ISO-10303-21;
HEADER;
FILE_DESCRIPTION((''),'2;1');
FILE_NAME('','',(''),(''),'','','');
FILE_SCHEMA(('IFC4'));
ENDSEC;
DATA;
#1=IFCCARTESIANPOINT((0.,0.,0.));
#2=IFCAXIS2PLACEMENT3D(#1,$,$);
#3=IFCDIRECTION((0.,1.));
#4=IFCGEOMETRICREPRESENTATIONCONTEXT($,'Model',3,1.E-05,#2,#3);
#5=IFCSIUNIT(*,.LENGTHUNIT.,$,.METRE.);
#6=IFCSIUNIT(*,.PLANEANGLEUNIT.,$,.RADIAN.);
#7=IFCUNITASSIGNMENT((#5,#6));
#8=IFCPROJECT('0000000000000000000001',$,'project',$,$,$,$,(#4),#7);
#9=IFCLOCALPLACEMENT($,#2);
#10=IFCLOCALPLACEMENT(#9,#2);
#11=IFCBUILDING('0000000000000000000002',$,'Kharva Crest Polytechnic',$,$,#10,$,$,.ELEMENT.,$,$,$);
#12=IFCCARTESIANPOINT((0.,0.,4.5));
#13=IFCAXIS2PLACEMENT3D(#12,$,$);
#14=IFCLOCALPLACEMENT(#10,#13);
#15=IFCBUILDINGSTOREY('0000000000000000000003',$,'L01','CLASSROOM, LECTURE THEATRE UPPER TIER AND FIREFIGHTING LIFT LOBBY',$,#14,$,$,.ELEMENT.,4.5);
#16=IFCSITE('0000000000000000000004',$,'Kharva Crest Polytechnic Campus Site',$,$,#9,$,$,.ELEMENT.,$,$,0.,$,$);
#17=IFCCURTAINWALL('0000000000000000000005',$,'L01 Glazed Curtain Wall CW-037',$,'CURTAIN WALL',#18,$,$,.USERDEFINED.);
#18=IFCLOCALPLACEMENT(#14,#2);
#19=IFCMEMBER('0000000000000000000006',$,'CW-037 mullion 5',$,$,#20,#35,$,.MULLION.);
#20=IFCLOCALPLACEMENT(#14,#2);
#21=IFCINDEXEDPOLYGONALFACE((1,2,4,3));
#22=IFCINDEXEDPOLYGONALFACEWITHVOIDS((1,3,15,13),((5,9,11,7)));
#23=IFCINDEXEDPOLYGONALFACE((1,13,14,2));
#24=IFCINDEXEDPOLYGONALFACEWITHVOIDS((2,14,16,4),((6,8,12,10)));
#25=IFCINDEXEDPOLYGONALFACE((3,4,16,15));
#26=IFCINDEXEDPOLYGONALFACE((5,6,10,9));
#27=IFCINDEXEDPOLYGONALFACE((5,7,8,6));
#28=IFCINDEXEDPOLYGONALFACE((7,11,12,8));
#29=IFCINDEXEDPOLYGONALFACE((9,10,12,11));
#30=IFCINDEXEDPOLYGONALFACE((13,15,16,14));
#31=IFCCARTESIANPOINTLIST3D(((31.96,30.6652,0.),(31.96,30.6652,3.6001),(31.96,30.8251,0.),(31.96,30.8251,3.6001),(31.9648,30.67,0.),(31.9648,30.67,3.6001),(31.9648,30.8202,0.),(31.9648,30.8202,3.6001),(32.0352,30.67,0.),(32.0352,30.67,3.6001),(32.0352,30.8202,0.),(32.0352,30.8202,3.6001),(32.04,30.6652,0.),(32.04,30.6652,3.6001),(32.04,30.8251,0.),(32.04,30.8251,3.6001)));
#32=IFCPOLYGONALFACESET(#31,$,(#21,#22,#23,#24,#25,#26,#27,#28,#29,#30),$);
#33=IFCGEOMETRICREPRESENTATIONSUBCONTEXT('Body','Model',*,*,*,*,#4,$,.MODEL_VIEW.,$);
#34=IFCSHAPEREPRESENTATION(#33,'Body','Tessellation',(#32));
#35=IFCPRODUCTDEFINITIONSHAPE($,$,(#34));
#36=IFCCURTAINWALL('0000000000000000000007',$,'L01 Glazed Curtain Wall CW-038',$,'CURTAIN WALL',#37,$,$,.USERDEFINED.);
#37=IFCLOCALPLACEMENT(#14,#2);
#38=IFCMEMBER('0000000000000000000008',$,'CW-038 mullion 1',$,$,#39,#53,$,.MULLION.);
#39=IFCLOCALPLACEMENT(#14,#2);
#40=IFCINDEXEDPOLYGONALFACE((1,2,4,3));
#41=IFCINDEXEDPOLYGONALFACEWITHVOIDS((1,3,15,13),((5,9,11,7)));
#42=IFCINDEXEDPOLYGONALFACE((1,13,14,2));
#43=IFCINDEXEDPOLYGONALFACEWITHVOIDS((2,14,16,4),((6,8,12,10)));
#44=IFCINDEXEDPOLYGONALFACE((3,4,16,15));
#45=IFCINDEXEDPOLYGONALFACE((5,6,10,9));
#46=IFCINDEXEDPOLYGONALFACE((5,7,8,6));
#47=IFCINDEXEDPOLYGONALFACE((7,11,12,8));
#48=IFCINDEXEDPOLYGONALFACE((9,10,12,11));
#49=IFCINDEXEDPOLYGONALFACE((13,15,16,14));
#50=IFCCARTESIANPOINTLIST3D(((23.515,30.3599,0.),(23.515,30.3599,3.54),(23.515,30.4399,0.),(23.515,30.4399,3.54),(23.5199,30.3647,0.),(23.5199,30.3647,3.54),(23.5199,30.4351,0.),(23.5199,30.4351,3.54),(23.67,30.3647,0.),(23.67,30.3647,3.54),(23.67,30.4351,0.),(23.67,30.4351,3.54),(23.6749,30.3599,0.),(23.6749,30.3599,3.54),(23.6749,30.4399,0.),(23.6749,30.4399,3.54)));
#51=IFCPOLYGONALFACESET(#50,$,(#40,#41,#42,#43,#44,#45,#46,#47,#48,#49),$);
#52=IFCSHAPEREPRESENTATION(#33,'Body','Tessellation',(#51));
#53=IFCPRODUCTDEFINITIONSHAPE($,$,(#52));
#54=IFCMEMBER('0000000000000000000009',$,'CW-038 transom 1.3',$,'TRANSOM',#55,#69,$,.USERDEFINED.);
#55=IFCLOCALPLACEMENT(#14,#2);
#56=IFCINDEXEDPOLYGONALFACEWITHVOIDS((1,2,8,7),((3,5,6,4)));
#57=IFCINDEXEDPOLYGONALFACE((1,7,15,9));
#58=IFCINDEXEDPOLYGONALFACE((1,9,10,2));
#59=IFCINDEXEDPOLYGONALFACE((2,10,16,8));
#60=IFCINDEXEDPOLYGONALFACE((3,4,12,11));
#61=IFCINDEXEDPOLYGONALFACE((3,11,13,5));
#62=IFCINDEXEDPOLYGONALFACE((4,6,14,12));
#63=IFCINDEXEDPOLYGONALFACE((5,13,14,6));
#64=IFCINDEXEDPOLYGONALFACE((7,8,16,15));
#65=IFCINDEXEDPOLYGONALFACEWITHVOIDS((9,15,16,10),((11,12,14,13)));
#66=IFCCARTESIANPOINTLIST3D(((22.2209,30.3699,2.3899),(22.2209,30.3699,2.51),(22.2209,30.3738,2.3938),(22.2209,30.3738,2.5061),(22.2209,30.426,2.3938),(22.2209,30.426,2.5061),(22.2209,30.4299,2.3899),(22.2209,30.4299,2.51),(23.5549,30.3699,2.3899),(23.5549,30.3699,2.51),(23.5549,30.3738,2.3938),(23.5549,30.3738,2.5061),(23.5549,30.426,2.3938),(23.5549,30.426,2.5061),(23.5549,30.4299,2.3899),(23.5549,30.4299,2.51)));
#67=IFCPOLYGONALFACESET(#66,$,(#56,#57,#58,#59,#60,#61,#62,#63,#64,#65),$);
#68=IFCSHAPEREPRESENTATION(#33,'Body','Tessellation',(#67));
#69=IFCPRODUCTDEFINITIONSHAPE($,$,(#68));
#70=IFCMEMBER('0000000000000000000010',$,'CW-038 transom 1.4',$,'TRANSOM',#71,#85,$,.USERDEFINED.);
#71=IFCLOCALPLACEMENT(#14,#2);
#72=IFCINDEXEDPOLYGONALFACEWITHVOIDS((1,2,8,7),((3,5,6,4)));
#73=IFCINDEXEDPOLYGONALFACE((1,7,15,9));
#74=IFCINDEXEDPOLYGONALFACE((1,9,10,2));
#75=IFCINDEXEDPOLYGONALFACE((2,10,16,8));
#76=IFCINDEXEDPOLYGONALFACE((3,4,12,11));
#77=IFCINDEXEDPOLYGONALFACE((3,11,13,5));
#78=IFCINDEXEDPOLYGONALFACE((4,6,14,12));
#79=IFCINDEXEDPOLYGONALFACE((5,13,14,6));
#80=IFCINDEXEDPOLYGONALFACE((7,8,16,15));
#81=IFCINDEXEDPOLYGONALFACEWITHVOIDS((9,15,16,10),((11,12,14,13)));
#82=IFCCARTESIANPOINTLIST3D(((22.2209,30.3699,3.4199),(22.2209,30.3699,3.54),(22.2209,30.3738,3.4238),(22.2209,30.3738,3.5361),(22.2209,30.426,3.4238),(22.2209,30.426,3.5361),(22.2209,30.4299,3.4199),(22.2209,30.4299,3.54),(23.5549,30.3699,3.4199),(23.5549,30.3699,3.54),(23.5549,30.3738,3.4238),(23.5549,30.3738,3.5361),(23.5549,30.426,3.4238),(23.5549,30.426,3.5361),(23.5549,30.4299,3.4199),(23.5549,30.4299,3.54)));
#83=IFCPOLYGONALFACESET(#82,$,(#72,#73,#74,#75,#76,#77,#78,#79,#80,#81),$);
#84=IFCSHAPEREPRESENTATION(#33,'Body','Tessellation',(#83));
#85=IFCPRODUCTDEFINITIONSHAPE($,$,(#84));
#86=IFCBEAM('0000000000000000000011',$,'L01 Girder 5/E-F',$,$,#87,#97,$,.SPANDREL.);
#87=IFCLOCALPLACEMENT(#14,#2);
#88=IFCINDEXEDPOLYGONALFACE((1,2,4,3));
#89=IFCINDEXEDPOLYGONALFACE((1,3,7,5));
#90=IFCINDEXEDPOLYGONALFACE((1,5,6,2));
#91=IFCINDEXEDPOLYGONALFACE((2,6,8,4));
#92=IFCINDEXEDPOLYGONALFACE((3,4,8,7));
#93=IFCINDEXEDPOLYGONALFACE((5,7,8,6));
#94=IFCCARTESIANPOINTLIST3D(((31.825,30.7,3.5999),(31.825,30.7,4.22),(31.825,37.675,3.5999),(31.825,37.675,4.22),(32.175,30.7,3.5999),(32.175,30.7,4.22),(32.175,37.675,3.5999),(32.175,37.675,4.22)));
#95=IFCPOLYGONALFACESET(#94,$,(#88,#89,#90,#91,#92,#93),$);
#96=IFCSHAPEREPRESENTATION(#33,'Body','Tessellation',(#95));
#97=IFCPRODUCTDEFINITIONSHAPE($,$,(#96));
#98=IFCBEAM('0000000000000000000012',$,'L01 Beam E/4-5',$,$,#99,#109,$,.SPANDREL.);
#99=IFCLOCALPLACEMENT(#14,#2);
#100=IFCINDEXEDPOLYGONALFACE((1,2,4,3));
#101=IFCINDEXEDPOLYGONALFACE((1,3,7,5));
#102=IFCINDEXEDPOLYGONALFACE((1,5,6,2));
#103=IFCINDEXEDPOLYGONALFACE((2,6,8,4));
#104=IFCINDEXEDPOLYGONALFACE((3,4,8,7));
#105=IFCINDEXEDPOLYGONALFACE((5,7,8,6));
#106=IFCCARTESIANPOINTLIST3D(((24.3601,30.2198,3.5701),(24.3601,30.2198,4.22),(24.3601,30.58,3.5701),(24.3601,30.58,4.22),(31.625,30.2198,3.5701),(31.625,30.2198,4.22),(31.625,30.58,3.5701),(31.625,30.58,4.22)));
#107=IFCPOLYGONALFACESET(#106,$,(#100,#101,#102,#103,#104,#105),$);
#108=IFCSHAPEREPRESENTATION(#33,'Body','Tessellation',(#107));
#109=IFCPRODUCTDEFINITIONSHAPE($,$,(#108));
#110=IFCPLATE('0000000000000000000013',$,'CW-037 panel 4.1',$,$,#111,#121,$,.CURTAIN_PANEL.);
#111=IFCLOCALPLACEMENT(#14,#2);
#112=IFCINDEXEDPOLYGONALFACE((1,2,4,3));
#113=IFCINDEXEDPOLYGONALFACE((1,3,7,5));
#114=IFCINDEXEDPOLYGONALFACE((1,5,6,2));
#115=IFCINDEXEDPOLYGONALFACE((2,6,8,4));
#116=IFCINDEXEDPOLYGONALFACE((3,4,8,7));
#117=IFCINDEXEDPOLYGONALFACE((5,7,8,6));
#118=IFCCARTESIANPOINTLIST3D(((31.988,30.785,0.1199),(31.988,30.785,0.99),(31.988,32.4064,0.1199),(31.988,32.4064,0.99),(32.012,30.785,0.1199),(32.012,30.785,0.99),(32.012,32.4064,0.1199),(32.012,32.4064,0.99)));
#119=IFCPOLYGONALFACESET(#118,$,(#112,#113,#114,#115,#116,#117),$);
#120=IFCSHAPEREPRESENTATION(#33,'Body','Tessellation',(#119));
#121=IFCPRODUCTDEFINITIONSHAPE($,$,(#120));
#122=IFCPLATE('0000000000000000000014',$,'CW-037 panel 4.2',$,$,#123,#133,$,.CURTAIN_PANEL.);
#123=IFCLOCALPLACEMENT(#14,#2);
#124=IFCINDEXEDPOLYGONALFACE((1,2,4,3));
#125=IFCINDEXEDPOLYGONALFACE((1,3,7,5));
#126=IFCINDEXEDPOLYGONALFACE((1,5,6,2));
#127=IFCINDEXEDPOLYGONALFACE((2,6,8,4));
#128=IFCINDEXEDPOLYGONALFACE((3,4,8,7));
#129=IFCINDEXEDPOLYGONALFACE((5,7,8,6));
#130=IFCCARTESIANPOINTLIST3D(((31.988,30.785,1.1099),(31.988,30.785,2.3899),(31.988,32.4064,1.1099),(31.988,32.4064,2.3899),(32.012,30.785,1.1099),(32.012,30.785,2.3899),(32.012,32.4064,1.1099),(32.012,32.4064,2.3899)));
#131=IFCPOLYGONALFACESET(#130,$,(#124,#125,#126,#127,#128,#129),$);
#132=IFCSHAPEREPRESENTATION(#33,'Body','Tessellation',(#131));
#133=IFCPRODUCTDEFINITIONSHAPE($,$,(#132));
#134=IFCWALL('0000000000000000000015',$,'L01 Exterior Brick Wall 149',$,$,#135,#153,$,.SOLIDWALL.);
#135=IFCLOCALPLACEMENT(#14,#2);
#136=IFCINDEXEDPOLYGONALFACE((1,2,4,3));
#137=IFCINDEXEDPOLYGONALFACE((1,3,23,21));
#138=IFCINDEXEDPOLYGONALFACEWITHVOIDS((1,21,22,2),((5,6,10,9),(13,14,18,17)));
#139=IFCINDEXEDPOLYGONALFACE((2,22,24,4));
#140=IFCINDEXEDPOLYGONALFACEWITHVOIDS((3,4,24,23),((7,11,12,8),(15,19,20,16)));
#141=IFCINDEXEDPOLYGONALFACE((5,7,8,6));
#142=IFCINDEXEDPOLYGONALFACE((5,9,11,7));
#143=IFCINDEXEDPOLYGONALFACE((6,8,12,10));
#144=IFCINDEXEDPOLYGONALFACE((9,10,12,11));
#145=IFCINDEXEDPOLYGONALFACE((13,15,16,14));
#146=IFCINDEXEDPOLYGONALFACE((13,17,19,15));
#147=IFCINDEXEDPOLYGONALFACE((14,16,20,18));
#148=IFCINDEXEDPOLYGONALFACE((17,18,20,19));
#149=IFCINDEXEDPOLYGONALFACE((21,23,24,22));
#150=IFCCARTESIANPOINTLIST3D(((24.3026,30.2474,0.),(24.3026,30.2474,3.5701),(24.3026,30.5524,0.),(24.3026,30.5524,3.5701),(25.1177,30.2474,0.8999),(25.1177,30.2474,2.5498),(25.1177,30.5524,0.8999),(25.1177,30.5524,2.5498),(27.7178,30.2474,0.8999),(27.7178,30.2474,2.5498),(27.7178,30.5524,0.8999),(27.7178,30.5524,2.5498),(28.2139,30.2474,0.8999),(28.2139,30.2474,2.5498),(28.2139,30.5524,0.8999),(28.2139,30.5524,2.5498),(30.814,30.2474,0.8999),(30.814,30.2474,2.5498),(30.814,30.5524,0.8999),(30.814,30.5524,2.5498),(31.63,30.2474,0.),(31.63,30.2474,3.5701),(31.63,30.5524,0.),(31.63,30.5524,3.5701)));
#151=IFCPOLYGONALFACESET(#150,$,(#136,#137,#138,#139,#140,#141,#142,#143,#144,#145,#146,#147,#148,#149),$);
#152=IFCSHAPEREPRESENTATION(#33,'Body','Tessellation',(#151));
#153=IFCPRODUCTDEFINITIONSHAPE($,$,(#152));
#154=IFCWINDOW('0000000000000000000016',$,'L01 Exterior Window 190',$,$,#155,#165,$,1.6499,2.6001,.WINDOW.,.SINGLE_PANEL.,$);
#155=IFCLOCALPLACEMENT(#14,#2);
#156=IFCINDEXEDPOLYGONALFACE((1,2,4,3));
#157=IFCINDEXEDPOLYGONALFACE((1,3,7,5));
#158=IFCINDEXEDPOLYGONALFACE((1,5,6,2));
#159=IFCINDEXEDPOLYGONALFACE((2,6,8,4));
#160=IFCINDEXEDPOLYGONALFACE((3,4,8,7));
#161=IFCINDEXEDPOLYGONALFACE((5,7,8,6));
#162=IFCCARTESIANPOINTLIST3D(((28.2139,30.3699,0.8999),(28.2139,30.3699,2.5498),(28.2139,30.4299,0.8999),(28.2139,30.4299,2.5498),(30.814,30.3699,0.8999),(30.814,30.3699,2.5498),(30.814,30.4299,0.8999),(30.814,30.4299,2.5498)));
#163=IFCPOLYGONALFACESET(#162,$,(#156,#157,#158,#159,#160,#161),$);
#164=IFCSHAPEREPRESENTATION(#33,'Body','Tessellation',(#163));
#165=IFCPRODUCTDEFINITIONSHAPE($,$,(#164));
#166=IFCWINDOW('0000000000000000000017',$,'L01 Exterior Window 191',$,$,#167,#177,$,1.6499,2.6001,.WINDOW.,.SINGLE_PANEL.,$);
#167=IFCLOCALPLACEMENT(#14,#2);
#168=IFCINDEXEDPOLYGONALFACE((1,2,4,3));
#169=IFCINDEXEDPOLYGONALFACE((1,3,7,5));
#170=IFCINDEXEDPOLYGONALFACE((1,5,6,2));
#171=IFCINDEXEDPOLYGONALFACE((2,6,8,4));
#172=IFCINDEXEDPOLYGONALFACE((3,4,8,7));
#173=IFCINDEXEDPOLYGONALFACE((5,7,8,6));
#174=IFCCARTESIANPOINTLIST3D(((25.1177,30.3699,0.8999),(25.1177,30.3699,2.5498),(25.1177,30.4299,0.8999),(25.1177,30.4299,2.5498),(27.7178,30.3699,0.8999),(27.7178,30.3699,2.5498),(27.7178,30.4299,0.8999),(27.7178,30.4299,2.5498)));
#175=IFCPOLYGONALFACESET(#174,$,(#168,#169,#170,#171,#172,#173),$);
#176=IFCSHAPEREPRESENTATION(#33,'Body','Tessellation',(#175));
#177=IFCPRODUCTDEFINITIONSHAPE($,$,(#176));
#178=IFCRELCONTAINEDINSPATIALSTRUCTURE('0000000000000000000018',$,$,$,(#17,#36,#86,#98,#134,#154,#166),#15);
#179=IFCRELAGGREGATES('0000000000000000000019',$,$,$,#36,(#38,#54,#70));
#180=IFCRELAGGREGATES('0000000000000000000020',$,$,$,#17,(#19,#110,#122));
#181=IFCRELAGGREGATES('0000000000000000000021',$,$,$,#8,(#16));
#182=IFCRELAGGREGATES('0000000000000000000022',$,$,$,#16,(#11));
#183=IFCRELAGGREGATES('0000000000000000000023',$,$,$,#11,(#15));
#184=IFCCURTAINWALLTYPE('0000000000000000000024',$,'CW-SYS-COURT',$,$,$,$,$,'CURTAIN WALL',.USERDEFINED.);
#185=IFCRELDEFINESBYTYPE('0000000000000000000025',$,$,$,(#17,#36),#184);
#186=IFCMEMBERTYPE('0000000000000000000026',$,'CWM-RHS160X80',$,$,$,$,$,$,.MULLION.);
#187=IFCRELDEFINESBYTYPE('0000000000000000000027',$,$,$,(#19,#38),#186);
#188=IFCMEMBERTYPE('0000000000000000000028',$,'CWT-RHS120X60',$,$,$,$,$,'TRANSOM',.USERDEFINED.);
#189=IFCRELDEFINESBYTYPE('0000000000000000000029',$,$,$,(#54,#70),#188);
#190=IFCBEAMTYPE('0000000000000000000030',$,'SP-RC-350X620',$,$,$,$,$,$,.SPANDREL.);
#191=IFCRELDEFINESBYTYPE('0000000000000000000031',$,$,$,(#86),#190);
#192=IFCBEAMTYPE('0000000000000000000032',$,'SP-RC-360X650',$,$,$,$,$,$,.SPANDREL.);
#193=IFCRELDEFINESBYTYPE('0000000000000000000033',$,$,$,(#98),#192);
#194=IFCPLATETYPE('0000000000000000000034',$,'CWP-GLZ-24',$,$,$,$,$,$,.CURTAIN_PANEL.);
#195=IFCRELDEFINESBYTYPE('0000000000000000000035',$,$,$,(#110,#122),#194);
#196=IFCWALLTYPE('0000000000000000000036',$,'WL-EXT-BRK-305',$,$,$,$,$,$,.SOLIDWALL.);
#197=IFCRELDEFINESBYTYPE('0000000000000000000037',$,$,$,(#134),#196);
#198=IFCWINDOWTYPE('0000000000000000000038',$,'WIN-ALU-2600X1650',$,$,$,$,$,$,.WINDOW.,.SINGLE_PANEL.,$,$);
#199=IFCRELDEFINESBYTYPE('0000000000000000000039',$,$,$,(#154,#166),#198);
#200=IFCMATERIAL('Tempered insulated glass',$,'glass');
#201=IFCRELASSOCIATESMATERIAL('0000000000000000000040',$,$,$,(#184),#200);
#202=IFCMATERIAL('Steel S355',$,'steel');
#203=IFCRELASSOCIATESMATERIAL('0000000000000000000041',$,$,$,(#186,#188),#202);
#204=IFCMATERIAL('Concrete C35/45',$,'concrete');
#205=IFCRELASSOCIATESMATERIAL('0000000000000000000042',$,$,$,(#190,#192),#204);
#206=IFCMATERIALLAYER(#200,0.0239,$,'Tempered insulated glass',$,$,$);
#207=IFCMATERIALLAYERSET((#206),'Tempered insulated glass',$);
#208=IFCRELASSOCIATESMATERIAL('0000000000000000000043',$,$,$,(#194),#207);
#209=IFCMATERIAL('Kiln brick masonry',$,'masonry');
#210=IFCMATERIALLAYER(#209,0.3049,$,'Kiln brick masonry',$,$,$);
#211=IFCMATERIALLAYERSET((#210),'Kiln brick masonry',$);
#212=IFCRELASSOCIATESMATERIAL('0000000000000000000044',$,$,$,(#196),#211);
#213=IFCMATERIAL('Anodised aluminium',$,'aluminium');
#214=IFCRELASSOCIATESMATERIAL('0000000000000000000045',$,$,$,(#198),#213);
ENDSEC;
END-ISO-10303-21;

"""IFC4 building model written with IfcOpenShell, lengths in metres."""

from ifc_helpers import new_model, si_unit, direction, frame, frame_2d, origin, origin_2d, place, context, subcontext, project, spatial, rectangle, hollow_rectangle, extrude, material, layer, layer_set, material_profile, profile_set, type_object, element, fill, aggregate, save


model = new_model("IFC4")

# Units and contexts
model_context = context("Model", 3, precision=1e-05, world=origin(), true_north=direction((0.0, 1.0)))
body_context = subcontext(model_context, "Body", "Model", "MODEL_VIEW")
ifc_project = project(units=[si_unit("LENGTHUNIT", "METRE"), si_unit("PLANEANGLEUNIT", "RADIAN")], contexts=[model_context])

# Site, building, storey
site_placement = place(None, origin())
site = spatial("IfcSite", under=ifc_project, at=site_placement, Name="Kharva Crest Polytechnic Campus Site", CompositionType="ELEMENT", RefElevation=0.0)
building_placement = place(site_placement, origin())
building = spatial("IfcBuilding", under=site, at=building_placement, Name="Kharva Crest Polytechnic", CompositionType="ELEMENT")
storey_placement = place(building_placement, frame((0.0, 0.0, 4.5)))
storey = spatial("IfcBuildingStorey", under=building, at=storey_placement, Name="L01", Description="CLASSROOM, LECTURE THEATRE UPPER TIER AND FIREFIGHTING LIFT LOBBY", CompositionType="ELEMENT", Elevation=4.5)

# Shared definitions
ifc_material_1 = material(Name="Concrete C35/45", Category="concrete")

# Curtain wall, member
ifc_material_2 = material(Name="Tempered insulated glass", Category="glass")
curtain_wall_type = type_object("IfcCurtainWallType", Name="CW-SYS-COURT", ElementType="CURTAIN WALL", PredefinedType="USERDEFINED", material=ifc_material_2)
curtain_wall_1_placement = place(storey_placement, origin())
curtain_wall_1 = element("IfcCurtainWall", 1, at=curtain_wall_1_placement, inside=storey, type_object=curtain_wall_type, Name="L01 Glazed Curtain Wall CW-037", ObjectType="CURTAIN WALL", PredefinedType="USERDEFINED")
ifc_material_3 = material(Name="Steel S355", Category="steel")
ifc_material_profile_1 = material_profile(ifc_material_3, hollow_rectangle(XDim=0.0801, YDim=0.1599, WallThickness=0.0049, at=origin_2d()), Name="RHS 160X80X5.0")
ifc_profile_set_1 = profile_set([ifc_material_profile_1], Name="Steel S355")
member_type_1 = type_object("IfcMemberType", Name="CWM-RHS160X80", PredefinedType="MULLION", material=ifc_profile_set_1)
member_1_placement = place(storey_placement, frame((32.0, 30.7451, 0.0), z_axis=(0.0, 0.0, 1.0), x_axis=(1.0, 0.0, 0.0)))
member_1 = element("IfcMember", 2, at=member_1_placement, type_object=member_type_1, Name="CW-037 mullion 5", PredefinedType="MULLION", context=body_context, shape_type="SweptSolid", body=[
    extrude(hollow_rectangle(XDim=0.0801, YDim=0.1599, WallThickness=0.0049, at=origin_2d()), origin(), (0.0, 0.0, 1.0), 3.6001),
])

# Curtain wall, members
curtain_wall_2_placement = place(storey_placement, origin())
curtain_wall_2 = element("IfcCurtainWall", 3, at=curtain_wall_2_placement, inside=storey, type_object=curtain_wall_type, Name="L01 Glazed Curtain Wall CW-038", ObjectType="CURTAIN WALL", PredefinedType="USERDEFINED")
member_2_placement = place(storey_placement, frame((23.595, 30.3999, 0.0), z_axis=(0.0, 0.0, 1.0), x_axis=(0.0, -1.0, 0.0)))
member_2 = element("IfcMember", 4, at=member_2_placement, type_object=member_type_1, Name="CW-038 mullion 1", PredefinedType="MULLION", context=body_context, shape_type="SweptSolid", body=[
    extrude(hollow_rectangle(XDim=0.0801, YDim=0.1599, WallThickness=0.0049, at=origin_2d()), origin(), (0.0, 0.0, 1.0), 3.54),
])
ifc_material_profile_2 = material_profile(ifc_material_3, hollow_rectangle(XDim=0.0601, YDim=0.1201, WallThickness=0.0039, at=origin_2d()), Name="RHS 120X60X4.0")
ifc_profile_set_2 = profile_set([ifc_material_profile_2], Name="Steel S355")
member_type_2 = type_object("IfcMemberType", Name="CWT-RHS120X60", ElementType="TRANSOM", PredefinedType="USERDEFINED", material=ifc_profile_set_2)
member_3_placement = place(storey_placement, frame((23.5549, 30.3999, 2.45), z_axis=(-1.0, 0.0, 0.0), x_axis=(0.0, -1.0, 0.0)))
member_3 = element("IfcMember", 5, at=member_3_placement, type_object=member_type_2, Name="CW-038 transom 1.3", ObjectType="TRANSOM", PredefinedType="USERDEFINED", context=body_context, shape_type="SweptSolid", body=[
    extrude(hollow_rectangle(XDim=0.0601, YDim=0.1201, WallThickness=0.0039, at=origin_2d()), origin(), (0.0, 0.0, 1.0), 1.334),
])
member_4_placement = place(storey_placement, frame((23.5549, 30.3999, 3.48), z_axis=(-1.0, 0.0, 0.0), x_axis=(0.0, -1.0, 0.0)))
member_4 = element("IfcMember", 6, at=member_4_placement, type_object=member_type_2, Name="CW-038 transom 1.4", ObjectType="TRANSOM", PredefinedType="USERDEFINED", context=body_context, shape_type="SweptSolid", body=[
    extrude(hollow_rectangle(XDim=0.0601, YDim=0.1201, WallThickness=0.0039, at=origin_2d()), origin(), (0.0, 0.0, 1.0), 1.334),
])
aggregate(curtain_wall_2, [member_2, member_3, member_4])

# Beams
ifc_material_profile_3 = material_profile(ifc_material_1, rectangle(XDim=0.3501, YDim=0.6201, at=origin_2d()), Name="RECT 350 X 620")
ifc_profile_set_3 = profile_set([ifc_material_profile_3], Name="Concrete C35/45")
beam_type_1 = type_object("IfcBeamType", Name="SP-RC-350X620", PredefinedType="SPANDREL", material=ifc_profile_set_3)
beam_1_placement = place(storey_placement, frame((32.0, 30.7, 3.9099), z_axis=(0.0, 1.0, 0.0), x_axis=(-1.0, 0.0, 0.0)))
element("IfcBeam", 7, at=beam_1_placement, inside=storey, type_object=beam_type_1, Name="L01 Girder 5/E-F", PredefinedType="SPANDREL", context=body_context, shape_type="SweptSolid", body=[
    extrude(rectangle(XDim=0.3501, YDim=0.6201, at=origin_2d()), origin(), (0.0, 0.0, 1.0), 6.9751),
])
ifc_material_profile_4 = material_profile(ifc_material_1, rectangle(XDim=0.3601, YDim=0.6499, at=origin_2d()), Name="RECT 360 X 650")
ifc_profile_set_4 = profile_set([ifc_material_profile_4], Name="Concrete C35/45")
beam_type_2 = type_object("IfcBeamType", Name="SP-RC-360X650", PredefinedType="SPANDREL", material=ifc_profile_set_4)
beam_2_placement = place(storey_placement, frame((24.3601, 30.3999, 3.895), z_axis=(1.0, 0.0, 0.0), x_axis=(0.0, 1.0, 0.0)))
element("IfcBeam", 8, at=beam_2_placement, inside=storey, type_object=beam_type_2, Name="L01 Beam E/4-5", PredefinedType="SPANDREL", context=body_context, shape_type="SweptSolid", body=[
    extrude(rectangle(XDim=0.3601, YDim=0.6499, at=origin_2d()), origin(), (0.0, 0.0, 1.0), 7.2649),
])

# Plates
ifc_layer_1 = layer(ifc_material_2, 0.0239, Name="Tempered insulated glass")
ifc_layer_set_1 = layer_set([ifc_layer_1], Name="Tempered insulated glass")
plate_type = type_object("IfcPlateType", Name="CWP-GLZ-24", PredefinedType="CURTAIN_PANEL", material=ifc_layer_set_1)
plate_1_placement = place(storey_placement, frame((32.0, 31.5957, 0.1199), z_axis=(0.0, 0.0, 1.0), x_axis=(0.0, -1.0, 0.0)))
plate_1 = element("IfcPlate", 9, at=plate_1_placement, type_object=plate_type, Name="CW-037 panel 4.1", PredefinedType="CURTAIN_PANEL", context=body_context, shape_type="SweptSolid", body=[
    extrude(rectangle(XDim=1.6213, YDim=0.0239, at=origin_2d()), origin(), (0.0, 0.0, 1.0), 0.8701),
])
plate_2_placement = place(storey_placement, frame((32.0, 31.5957, 1.1099), z_axis=(0.0, 0.0, 1.0), x_axis=(0.0, -1.0, 0.0)))
plate_2 = element("IfcPlate", 10, at=plate_2_placement, type_object=plate_type, Name="CW-037 panel 4.2", PredefinedType="CURTAIN_PANEL", context=body_context, shape_type="SweptSolid", body=[
    extrude(rectangle(XDim=1.6213, YDim=0.0239, at=origin_2d()), origin(), (0.0, 0.0, 1.0), 1.28),
])
aggregate(curtain_wall_1, [member_1, plate_1, plate_2])

# Wall, openings, windows
ifc_material_4 = material(Name="Kiln brick masonry", Category="masonry")
ifc_layer_2 = layer(ifc_material_4, 0.3049, Name="Kiln brick masonry")
ifc_layer_set_2 = layer_set([ifc_layer_2], Name="Kiln brick masonry")
wall_type_1 = type_object("IfcWallType", Name="WL-EXT-BRK-305", PredefinedType="SOLIDWALL", material=ifc_layer_set_2)
wall_1_placement = place(storey_placement, frame((31.6299, 30.3999, 0.0), z_axis=(0.0, 0.0, 1.0), x_axis=(-1.0, 0.0, 0.0)))
wall_1 = element("IfcWall", 11, at=wall_1_placement, inside=storey, type_object=wall_type_1, Name="L01 Exterior Brick Wall 149", PredefinedType="SOLIDWALL", context=body_context, shape_type="SweptSolid", body=[
    extrude(rectangle(XDim=7.3274, YDim=0.3049, at=frame_2d((3.6636, 0.0))), origin(), (0.0, 0.0, 1.0), 3.5701),
])
opening_1_placement = place(wall_1_placement, frame((0.8159, 0.0, 0.8999)))
opening_1 = element("IfcOpeningElement", 12, at=opening_1_placement, cuts=wall_1, PredefinedType="OPENING", context=body_context, shape_type="SweptSolid", body=[
    extrude(rectangle(XDim=2.6001, YDim=1.6499, at=frame_2d((1.3, 0.825))), frame((0.0, 0.1624, 0.0), z_axis=(0.0, -1.0, 0.0), x_axis=(1.0, 0.0, 0.0)), (0.0, 0.0, 1.0), 0.325),
])
opening_2_placement = place(wall_1_placement, frame((3.9121, 0.0, 0.8999)))
opening_2 = element("IfcOpeningElement", 13, at=opening_2_placement, cuts=wall_1, PredefinedType="OPENING", context=body_context, shape_type="SweptSolid", body=[
    extrude(rectangle(XDim=2.6001, YDim=1.6499, at=frame_2d((1.3, 0.825))), frame((0.0, 0.1624, 0.0), z_axis=(0.0, -1.0, 0.0), x_axis=(1.0, 0.0, 0.0)), (0.0, 0.0, 1.0), 0.325),
])
ifc_material_5 = material(Name="Anodised aluminium", Category="aluminium")
window_type = type_object("IfcWindowType", Name="WIN-ALU-2600X1650", PartitioningType="SINGLE_PANEL", PredefinedType="WINDOW", material=ifc_material_5)
window_1_placement = place(opening_1_placement, origin())
window_1 = element("IfcWindow", 14, at=window_1_placement, inside=storey, type_object=window_type, Name="L01 Exterior Window 190", OverallHeight=1.6499, OverallWidth=2.6001, PartitioningType="SINGLE_PANEL", PredefinedType="WINDOW", context=body_context, shape_type="SweptSolid", body=[
    extrude(rectangle(XDim=2.6001, YDim=1.6499, at=frame_2d((1.3, 0.825))), frame((0.0, 0.03, 0.0), z_axis=(0.0, -1.0, 0.0), x_axis=(1.0, 0.0, 0.0)), (0.0, 0.0, 1.0), 0.0601),
])
fill(opening_1, window_1)
window_2_placement = place(opening_2_placement, origin())
window_2 = element("IfcWindow", 15, at=window_2_placement, inside=storey, type_object=window_type, Name="L01 Exterior Window 191", OverallHeight=1.6499, OverallWidth=2.6001, PartitioningType="SINGLE_PANEL", PredefinedType="WINDOW", context=body_context, shape_type="SweptSolid", body=[
    extrude(rectangle(XDim=2.6001, YDim=1.6499, at=frame_2d((1.3, 0.825))), frame((0.0, 0.03, 0.0), z_axis=(0.0, -1.0, 0.0), x_axis=(1.0, 0.0, 0.0)), (0.0, 0.0, 1.0), 0.0601),
])
fill(opening_2, window_2)

save(model, "model.ifc")
